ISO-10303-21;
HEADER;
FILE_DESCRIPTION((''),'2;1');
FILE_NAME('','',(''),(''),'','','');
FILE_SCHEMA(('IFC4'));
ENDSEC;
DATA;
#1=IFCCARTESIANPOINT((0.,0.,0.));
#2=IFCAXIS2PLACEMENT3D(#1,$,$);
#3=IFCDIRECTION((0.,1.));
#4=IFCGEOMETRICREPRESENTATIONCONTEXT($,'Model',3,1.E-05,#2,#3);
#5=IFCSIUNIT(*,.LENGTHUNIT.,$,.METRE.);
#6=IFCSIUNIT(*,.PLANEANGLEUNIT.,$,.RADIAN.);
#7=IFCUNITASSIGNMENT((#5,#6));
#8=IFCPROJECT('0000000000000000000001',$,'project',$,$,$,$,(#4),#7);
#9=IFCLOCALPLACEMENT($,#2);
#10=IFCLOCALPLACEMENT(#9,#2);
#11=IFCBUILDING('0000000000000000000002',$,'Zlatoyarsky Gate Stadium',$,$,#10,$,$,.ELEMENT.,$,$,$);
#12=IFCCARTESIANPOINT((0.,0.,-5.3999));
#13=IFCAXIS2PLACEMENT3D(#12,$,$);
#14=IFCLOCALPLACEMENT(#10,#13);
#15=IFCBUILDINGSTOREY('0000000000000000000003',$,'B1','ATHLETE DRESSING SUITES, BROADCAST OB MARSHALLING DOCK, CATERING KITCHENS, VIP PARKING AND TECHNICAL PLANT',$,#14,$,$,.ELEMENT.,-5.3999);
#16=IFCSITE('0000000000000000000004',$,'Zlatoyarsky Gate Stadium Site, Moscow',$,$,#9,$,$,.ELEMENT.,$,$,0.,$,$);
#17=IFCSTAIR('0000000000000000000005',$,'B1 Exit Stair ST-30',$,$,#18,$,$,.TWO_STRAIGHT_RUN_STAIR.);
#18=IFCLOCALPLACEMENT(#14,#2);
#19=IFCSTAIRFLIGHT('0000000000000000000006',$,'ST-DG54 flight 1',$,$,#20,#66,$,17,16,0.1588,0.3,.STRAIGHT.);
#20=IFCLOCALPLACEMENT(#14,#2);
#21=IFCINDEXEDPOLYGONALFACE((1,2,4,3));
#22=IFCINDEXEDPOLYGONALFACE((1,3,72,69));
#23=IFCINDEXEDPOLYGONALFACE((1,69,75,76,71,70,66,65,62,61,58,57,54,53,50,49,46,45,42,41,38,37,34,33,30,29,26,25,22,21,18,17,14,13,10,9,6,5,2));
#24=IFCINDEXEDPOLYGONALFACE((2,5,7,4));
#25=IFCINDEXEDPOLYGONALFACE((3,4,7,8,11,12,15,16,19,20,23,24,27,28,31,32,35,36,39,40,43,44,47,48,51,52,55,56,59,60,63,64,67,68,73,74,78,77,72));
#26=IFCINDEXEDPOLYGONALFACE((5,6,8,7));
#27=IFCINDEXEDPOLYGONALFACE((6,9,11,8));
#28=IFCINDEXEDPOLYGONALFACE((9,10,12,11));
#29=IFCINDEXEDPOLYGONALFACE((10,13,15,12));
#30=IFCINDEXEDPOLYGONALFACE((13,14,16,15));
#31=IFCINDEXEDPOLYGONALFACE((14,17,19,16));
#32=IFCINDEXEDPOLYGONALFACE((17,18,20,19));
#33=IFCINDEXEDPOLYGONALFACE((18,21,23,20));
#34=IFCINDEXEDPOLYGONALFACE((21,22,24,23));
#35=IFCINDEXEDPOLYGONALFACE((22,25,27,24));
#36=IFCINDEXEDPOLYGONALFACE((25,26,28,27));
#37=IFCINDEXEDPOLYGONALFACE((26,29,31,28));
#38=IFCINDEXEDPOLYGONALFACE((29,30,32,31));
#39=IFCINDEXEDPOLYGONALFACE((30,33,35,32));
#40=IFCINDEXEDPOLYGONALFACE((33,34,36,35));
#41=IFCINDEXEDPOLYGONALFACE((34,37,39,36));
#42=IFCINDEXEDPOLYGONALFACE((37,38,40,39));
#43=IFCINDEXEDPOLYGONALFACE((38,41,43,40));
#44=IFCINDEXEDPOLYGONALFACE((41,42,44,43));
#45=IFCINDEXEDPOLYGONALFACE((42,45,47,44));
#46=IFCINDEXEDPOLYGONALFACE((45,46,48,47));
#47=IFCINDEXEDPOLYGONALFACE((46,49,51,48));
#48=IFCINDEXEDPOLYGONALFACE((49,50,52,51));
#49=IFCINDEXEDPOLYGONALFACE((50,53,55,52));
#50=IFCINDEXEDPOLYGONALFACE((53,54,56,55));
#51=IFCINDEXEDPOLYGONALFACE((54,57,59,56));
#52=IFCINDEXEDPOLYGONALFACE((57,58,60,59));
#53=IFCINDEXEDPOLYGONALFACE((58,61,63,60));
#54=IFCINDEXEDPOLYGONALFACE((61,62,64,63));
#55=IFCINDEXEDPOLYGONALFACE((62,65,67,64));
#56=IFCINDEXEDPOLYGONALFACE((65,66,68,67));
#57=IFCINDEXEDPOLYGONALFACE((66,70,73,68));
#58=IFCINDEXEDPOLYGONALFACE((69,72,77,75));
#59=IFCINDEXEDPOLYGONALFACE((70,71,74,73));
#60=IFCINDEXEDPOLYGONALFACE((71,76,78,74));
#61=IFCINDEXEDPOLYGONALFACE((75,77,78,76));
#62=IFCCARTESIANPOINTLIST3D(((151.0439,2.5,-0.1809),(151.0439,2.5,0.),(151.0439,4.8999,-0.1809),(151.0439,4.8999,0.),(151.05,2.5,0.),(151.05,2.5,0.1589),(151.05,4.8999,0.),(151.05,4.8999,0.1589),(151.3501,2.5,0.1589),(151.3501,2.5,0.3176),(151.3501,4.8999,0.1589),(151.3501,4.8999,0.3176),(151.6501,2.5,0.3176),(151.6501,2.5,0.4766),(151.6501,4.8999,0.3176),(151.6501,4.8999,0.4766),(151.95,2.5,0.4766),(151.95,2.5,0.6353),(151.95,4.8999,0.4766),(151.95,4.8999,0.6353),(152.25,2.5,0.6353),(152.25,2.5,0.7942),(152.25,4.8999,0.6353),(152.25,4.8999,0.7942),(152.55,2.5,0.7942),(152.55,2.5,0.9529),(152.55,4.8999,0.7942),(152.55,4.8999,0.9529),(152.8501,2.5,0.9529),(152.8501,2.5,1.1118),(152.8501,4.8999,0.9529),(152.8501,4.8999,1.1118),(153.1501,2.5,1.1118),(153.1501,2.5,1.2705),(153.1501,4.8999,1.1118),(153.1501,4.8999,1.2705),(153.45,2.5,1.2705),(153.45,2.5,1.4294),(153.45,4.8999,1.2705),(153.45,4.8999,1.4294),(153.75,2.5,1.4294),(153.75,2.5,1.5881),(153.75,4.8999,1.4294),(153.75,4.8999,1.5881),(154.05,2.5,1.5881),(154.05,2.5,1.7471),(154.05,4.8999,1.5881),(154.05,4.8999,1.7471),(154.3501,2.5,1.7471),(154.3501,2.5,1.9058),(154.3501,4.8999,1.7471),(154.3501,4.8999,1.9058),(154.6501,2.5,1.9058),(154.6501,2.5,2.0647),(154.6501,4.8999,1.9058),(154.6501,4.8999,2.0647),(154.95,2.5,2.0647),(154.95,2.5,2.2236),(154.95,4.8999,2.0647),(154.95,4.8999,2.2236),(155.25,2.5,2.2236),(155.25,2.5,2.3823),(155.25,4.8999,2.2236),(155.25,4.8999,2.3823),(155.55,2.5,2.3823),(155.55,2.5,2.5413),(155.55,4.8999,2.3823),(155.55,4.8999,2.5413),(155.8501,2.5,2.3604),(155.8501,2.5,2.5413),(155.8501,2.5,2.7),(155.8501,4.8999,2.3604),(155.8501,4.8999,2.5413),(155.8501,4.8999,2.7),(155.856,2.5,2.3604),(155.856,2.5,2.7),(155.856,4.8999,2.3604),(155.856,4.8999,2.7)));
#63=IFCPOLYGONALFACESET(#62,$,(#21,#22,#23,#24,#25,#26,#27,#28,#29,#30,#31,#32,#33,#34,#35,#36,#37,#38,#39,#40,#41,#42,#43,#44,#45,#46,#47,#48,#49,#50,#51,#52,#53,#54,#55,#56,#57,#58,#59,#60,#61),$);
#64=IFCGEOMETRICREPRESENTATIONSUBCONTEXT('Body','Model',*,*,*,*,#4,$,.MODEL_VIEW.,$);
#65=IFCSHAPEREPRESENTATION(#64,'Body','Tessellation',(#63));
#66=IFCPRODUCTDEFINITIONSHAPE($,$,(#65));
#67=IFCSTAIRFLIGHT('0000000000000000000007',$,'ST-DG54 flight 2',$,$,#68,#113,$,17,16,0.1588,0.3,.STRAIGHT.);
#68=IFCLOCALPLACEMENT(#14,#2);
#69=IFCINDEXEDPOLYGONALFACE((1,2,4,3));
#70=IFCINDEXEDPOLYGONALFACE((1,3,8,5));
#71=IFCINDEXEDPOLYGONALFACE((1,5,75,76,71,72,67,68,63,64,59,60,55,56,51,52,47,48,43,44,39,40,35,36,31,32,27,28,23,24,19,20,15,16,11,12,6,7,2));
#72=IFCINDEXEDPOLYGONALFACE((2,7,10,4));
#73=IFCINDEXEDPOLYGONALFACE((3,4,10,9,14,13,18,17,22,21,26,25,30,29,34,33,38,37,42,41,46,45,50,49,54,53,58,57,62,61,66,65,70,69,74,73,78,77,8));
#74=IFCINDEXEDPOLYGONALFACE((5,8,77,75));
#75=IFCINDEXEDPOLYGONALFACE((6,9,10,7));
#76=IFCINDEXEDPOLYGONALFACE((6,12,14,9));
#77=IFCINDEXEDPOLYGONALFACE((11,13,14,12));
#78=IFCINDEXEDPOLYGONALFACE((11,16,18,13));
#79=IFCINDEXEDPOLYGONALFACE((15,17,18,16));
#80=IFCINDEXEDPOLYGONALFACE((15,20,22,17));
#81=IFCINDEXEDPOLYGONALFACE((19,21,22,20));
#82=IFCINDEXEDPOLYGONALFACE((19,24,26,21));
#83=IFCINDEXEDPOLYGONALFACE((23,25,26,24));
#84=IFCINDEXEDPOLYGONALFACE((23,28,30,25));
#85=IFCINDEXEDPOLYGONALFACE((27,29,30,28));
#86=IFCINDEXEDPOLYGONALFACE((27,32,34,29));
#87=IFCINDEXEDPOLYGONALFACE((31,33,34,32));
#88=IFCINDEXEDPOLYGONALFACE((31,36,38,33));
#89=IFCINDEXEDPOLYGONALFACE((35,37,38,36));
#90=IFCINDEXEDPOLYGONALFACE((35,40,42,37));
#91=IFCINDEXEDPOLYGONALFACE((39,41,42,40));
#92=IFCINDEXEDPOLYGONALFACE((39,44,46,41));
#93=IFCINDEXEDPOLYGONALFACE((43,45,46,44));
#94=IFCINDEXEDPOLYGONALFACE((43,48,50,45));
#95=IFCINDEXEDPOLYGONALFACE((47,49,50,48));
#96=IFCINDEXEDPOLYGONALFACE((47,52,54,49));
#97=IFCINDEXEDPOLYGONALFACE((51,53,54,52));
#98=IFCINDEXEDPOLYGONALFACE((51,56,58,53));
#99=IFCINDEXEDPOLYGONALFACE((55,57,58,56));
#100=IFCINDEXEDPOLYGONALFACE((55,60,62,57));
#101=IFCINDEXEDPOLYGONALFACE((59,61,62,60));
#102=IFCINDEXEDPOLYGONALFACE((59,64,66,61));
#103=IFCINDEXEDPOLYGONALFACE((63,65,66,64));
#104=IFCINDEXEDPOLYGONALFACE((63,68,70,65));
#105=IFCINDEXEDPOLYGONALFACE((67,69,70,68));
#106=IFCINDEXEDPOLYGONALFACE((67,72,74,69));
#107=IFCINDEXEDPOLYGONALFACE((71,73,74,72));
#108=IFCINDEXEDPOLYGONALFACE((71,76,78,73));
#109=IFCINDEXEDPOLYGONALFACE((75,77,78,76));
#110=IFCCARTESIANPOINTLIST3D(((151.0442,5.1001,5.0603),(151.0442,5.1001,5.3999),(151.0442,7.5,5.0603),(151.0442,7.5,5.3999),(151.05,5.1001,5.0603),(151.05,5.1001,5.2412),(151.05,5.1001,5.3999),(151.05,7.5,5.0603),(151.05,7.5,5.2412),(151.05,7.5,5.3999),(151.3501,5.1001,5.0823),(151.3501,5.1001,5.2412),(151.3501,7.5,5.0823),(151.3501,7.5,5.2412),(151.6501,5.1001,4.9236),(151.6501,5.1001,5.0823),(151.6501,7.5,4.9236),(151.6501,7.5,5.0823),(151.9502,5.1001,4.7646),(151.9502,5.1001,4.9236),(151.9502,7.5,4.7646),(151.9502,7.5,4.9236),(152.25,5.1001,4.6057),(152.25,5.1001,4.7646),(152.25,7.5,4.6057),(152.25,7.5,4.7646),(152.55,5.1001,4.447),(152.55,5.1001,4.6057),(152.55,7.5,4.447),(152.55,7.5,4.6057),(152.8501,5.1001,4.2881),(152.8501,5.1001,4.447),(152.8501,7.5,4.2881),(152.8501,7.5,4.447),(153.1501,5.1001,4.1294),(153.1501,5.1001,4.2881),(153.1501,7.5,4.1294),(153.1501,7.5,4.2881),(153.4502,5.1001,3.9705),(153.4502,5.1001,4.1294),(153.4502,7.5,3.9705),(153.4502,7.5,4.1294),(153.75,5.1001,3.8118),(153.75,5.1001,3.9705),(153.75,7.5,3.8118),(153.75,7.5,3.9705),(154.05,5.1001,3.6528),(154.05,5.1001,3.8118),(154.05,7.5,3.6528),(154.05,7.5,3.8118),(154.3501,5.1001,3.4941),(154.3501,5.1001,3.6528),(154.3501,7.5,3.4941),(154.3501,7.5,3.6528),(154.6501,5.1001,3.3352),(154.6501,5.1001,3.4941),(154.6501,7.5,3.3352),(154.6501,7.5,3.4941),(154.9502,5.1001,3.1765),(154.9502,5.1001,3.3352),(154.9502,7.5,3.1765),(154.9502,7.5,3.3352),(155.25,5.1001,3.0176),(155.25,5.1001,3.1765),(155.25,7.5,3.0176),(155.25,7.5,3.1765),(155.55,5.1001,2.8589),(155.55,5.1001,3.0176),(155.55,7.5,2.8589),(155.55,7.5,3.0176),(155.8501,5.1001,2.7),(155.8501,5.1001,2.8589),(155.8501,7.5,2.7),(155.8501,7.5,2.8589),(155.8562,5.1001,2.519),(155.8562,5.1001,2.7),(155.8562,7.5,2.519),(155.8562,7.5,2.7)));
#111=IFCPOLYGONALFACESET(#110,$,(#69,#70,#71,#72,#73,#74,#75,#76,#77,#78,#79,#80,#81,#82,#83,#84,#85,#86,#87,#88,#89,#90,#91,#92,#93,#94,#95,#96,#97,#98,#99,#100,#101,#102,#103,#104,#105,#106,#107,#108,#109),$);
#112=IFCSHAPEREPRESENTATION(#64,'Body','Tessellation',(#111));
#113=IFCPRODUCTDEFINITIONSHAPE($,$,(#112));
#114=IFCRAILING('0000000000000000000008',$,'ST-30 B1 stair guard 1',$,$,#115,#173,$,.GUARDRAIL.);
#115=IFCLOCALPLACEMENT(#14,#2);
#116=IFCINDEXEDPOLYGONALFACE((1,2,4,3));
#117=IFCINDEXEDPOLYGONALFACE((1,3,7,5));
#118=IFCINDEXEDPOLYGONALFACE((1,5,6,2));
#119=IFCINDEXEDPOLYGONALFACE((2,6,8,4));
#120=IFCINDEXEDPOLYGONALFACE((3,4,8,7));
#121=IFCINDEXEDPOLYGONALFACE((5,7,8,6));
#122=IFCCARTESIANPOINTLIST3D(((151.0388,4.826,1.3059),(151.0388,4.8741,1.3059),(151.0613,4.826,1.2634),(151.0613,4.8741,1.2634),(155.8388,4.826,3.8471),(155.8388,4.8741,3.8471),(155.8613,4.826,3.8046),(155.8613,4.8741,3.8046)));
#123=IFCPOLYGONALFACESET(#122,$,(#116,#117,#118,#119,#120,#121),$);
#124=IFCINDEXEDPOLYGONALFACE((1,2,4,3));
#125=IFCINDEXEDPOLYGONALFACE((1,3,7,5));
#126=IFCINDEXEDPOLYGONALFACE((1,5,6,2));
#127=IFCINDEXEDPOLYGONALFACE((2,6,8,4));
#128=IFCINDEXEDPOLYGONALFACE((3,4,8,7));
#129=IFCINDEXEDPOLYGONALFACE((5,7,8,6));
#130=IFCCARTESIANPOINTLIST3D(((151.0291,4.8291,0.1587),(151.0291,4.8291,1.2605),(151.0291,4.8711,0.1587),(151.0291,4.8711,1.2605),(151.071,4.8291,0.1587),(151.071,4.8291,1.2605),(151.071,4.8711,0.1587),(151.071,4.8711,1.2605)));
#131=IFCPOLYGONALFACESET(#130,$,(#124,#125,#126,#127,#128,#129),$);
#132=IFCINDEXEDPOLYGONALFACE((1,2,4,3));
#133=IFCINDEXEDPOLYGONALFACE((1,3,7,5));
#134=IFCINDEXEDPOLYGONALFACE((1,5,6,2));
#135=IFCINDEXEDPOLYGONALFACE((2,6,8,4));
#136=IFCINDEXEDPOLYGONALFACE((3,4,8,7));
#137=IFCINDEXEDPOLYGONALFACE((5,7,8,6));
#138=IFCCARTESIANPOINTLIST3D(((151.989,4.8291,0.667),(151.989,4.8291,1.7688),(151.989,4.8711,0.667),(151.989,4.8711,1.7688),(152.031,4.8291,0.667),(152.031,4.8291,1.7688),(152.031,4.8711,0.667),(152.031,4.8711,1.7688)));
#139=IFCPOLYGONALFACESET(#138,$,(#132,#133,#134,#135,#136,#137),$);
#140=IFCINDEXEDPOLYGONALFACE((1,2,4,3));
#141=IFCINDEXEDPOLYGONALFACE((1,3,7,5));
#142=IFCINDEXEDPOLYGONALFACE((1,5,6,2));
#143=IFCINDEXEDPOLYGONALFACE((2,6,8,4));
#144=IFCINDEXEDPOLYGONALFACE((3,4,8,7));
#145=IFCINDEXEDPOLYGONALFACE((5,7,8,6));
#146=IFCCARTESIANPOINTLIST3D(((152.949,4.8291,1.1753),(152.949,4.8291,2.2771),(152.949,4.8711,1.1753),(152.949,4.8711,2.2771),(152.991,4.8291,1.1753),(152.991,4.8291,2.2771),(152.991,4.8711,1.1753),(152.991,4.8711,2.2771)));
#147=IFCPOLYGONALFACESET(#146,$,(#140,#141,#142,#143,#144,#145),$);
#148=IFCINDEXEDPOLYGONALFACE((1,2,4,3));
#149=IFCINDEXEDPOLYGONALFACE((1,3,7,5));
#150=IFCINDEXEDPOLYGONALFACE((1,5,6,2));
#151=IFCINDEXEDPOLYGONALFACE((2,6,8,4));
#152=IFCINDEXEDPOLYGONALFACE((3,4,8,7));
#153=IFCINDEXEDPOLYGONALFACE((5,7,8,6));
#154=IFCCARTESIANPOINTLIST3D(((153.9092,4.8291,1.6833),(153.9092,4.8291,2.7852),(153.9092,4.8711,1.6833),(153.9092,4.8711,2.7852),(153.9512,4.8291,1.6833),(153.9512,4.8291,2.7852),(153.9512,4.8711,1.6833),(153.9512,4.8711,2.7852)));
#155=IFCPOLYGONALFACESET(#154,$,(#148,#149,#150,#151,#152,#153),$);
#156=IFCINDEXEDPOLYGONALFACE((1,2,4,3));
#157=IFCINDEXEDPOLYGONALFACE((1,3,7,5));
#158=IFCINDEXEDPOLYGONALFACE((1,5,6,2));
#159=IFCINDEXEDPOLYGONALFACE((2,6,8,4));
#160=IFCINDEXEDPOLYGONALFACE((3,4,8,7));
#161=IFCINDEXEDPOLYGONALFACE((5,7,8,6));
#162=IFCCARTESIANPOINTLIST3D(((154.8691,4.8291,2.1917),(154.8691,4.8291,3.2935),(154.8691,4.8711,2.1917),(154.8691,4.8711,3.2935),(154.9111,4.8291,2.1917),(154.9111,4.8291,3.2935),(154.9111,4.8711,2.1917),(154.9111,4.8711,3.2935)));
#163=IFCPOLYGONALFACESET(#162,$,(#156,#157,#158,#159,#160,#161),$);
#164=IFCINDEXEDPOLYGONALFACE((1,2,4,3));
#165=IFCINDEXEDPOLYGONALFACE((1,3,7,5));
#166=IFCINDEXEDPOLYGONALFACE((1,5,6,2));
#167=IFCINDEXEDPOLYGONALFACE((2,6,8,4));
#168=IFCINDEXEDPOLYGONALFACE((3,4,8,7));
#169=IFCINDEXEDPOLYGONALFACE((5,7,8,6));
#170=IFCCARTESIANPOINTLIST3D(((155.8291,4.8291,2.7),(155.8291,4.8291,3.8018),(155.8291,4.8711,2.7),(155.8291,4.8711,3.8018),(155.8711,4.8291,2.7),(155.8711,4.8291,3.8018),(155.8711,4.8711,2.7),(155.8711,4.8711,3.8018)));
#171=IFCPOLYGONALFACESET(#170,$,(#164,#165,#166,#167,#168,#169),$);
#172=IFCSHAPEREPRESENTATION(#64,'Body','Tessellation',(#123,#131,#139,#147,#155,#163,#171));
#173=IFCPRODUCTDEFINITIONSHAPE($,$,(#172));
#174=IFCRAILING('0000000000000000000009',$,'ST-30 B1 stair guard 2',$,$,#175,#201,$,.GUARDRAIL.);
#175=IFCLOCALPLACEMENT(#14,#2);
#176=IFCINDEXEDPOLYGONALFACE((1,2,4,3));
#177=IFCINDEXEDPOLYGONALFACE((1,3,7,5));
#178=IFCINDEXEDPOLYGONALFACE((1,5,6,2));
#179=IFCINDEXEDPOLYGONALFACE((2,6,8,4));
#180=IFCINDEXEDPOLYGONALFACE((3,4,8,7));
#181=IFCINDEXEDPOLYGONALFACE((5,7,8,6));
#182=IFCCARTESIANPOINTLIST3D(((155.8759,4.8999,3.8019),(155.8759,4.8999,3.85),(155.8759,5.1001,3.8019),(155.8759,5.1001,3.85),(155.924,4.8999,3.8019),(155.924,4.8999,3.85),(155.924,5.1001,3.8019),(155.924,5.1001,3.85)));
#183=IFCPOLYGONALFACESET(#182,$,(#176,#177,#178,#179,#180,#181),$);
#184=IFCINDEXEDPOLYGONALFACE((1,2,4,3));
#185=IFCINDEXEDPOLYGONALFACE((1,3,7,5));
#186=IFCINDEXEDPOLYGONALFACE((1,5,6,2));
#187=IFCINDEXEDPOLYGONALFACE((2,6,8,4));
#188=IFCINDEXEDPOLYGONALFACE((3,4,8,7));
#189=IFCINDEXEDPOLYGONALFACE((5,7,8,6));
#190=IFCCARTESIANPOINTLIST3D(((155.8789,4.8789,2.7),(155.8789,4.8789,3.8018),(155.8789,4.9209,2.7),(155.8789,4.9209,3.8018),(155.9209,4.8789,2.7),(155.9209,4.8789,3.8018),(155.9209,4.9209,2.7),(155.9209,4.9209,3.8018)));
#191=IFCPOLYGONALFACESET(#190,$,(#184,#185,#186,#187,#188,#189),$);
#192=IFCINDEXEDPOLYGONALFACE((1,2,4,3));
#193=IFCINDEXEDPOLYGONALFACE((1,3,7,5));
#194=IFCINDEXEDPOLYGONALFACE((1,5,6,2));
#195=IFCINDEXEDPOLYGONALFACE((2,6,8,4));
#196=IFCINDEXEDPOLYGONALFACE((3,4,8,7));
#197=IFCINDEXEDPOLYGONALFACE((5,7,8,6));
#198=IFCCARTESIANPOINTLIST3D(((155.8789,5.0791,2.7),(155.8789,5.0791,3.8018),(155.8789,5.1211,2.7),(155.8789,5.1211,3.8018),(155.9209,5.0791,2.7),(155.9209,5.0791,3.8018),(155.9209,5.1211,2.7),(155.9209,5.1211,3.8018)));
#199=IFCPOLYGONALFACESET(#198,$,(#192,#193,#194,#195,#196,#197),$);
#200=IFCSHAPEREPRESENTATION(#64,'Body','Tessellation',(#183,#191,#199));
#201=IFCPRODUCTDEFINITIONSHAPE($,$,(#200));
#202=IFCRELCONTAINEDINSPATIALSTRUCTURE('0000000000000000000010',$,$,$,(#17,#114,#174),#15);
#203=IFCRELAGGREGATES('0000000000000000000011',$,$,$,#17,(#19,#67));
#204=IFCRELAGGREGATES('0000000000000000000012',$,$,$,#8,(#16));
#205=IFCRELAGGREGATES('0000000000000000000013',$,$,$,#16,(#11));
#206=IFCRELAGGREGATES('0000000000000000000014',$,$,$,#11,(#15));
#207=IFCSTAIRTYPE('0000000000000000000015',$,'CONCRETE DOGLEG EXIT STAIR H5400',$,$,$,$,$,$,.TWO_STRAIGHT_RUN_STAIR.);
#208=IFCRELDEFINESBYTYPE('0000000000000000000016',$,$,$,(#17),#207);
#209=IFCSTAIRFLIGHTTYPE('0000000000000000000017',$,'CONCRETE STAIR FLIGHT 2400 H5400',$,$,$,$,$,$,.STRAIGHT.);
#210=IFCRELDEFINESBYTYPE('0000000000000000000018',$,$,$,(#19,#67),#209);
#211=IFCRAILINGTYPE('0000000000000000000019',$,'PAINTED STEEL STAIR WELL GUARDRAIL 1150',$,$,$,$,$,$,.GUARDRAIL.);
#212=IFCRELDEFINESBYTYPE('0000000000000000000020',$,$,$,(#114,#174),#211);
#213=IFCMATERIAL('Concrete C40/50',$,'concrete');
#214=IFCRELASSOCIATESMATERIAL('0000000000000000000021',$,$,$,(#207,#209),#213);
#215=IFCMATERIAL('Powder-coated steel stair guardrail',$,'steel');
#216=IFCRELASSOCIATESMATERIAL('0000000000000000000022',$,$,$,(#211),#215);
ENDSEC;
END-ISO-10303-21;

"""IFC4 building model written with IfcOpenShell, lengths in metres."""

from ifc_helpers import new_model, si_unit, direction, frame, origin, origin_2d, place, context, subcontext, project, spatial, polyline, rectangle, outline, extrude, material, type_object, element, aggregate, save


model = new_model("IFC4")

# Units and contexts
model_context = context("Model", 3, precision=1e-05, world=origin(), true_north=direction((0.0, 1.0)))
body_context = subcontext(model_context, "Body", "Model", "MODEL_VIEW")
ifc_project = project(units=[si_unit("LENGTHUNIT", "METRE"), si_unit("PLANEANGLEUNIT", "RADIAN")], contexts=[model_context])

# Site, building, storey
site_placement = place(None, origin())
site = spatial("IfcSite", under=ifc_project, at=site_placement, Name="Zlatoyarsky Gate Stadium Site, Moscow", CompositionType="ELEMENT", RefElevation=0.0)
building_placement = place(site_placement, origin())
building = spatial("IfcBuilding", under=site, at=building_placement, Name="Zlatoyarsky Gate Stadium", CompositionType="ELEMENT")
storey_placement = place(building_placement, frame((0.0, 0.0, -5.3999)))
storey = spatial("IfcBuildingStorey", under=building, at=storey_placement, Name="B1", Description="ATHLETE DRESSING SUITES, BROADCAST OB MARSHALLING DOCK, CATERING KITCHENS, VIP PARKING AND TECHNICAL PLANT", CompositionType="ELEMENT", Elevation=-5.3999)

# Shared definitions
ifc_material_1 = material(Name="Concrete C40/50", Category="concrete")

# Stair, stair flights
stair_type = type_object("IfcStairType", Name="CONCRETE DOGLEG EXIT STAIR H5400", PredefinedType="TWO_STRAIGHT_RUN_STAIR", material=ifc_material_1)
stair_placement = place(storey_placement, origin())
stair = element("IfcStair", 1, at=stair_placement, inside=storey, type_object=stair_type, Name="B1 Exit Stair ST-30", PredefinedType="TWO_STRAIGHT_RUN_STAIR")
stair_flight_type = type_object("IfcStairFlightType", Name="CONCRETE STAIR FLIGHT 2400 H5400", PredefinedType="STRAIGHT", material=ifc_material_1)
stair_flight_1_placement = place(storey_placement, frame((151.05, 3.7, 0.0), z_axis=(0.0, 0.0, 1.0), x_axis=(1.0, 0.0, 0.0)))
stair_flight_1 = element("IfcStairFlight", 2, at=stair_flight_1_placement, type_object=stair_flight_type, Name="ST-DG54 flight 1", NumberOfRisers=17, NumberOfTreads=16, PredefinedType="STRAIGHT", RiserHeight=0.1588, TreadLength=0.3, context=body_context, shape_type="SweptSolid", body=[
    extrude(outline(polyline([(-0.0061, -0.1809), (-0.0061, 0.0), (0.0, 0.0), (0.0, 0.1589), (0.3, 0.1589), (0.3, 0.3176), (0.6001, 0.3176), (0.6001, 0.4766), (0.8999, 0.4766), (0.8999, 0.6353), (1.2, 0.6353), (1.2, 0.7942), (1.5, 0.7942), (1.5, 0.9529), (1.8, 0.9529), (1.8, 1.1118), (2.1001, 1.1118), (2.1001, 1.2705), (2.3999, 1.2705), (2.3999, 1.4294), (2.7, 1.4294), (2.7, 1.5881), (3.0, 1.5881), (3.0, 1.7471), (3.3, 1.7471), (3.3, 1.9058), (3.6001, 1.9058), (3.6001, 2.0647), (3.8999, 2.0647), (3.8999, 2.2236), (4.2, 2.2236), (4.2, 2.3823), (4.5, 2.3823), (4.5, 2.5413), (4.8, 2.5413), (4.8, 2.7), (4.8059, 2.7), (4.8059, 2.3604), (4.8, 2.3604), (-0.0061, -0.1809)])), frame((0.0, 1.2, 0.0), z_axis=(0.0, -1.0, 0.0), x_axis=(1.0, 0.0, 0.0)), (0.0, 0.0, 1.0), 2.3999),
])
stair_flight_2_placement = place(storey_placement, frame((155.8501, 6.3, 2.7), z_axis=(0.0, 0.0, 1.0), x_axis=(-1.0, 0.0, 0.0)))
stair_flight_2 = element("IfcStairFlight", 3, at=stair_flight_2_placement, type_object=stair_flight_type, Name="ST-DG54 flight 2", NumberOfRisers=17, NumberOfTreads=16, PredefinedType="STRAIGHT", RiserHeight=0.1588, TreadLength=0.3, context=body_context, shape_type="SweptSolid", body=[
    extrude(outline(polyline([(-0.0061, -0.1809), (-0.0061, 0.0), (0.0, 0.0), (0.0, 0.1589), (0.3, 0.1589), (0.3, 0.3176), (0.6001, 0.3176), (0.6001, 0.4766), (0.8999, 0.4766), (0.8999, 0.6353), (1.2, 0.6353), (1.2, 0.7942), (1.5, 0.7942), (1.5, 0.9529), (1.8, 0.9529), (1.8, 1.1118), (2.1001, 1.1118), (2.1001, 1.2705), (2.3999, 1.2705), (2.3999, 1.4294), (2.7, 1.4294), (2.7, 1.5881), (3.0, 1.5881), (3.0, 1.7471), (3.3, 1.7471), (3.3, 1.9058), (3.6001, 1.9058), (3.6001, 2.0647), (3.8999, 2.0647), (3.8999, 2.2236), (4.2, 2.2236), (4.2, 2.3823), (4.5, 2.3823), (4.5, 2.5413), (4.8, 2.5413), (4.8, 2.7), (4.8059, 2.7), (4.8059, 2.3604), (4.8, 2.3604), (-0.0061, -0.1809)])), frame((0.0, 1.2, 0.0), z_axis=(0.0, -1.0, 0.0), x_axis=(1.0, 0.0, 0.0)), (0.0, 0.0, 1.0), 2.3999),
])
aggregate(stair, [stair_flight_1, stair_flight_2])

# Railings
ifc_material_2 = material(Name="Powder-coated steel stair guardrail", Category="steel")
railing_type_1 = type_object("IfcRailingType", Name="PAINTED STEEL STAIR WELL GUARDRAIL 1150", PredefinedType="GUARDRAIL", material=ifc_material_2)
railing_1_placement = place(storey_placement, frame((151.05, 4.8501, 0.1587)))
element("IfcRailing", 4, at=railing_1_placement, inside=storey, type_object=railing_type_1, Name="ST-30 B1 stair guard 1", PredefinedType="GUARDRAIL", context=body_context, shape_type="SweptSolid", body=[
    extrude(rectangle(XDim=0.0481, YDim=0.0481, at=origin_2d()), frame((0.0, 0.0, 1.126), z_axis=(0.883784, 0.0, 0.467896), x_axis=(0.0, 1.0, 0.0)), (0.0, 0.0, 1.0), 5.4312),
    extrude(rectangle(XDim=0.042, YDim=0.042, at=origin_2d()), origin(), (0.0, 0.0, 1.0), 1.1018),
    extrude(rectangle(XDim=0.042, YDim=0.042, at=origin_2d()), frame((0.96, 0.0, 0.5083)), (0.0, 0.0, 1.0), 1.1018),
    extrude(rectangle(XDim=0.042, YDim=0.042, at=origin_2d()), frame((1.9199, 0.0, 1.0166)), (0.0, 0.0, 1.0), 1.1018),
    extrude(rectangle(XDim=0.042, YDim=0.042, at=origin_2d()), frame((2.8801, 0.0, 1.5247)), (0.0, 0.0, 1.0), 1.1018),
    extrude(rectangle(XDim=0.042, YDim=0.042, at=origin_2d()), frame((3.8401, 0.0, 2.033)), (0.0, 0.0, 1.0), 1.1018),
    extrude(rectangle(XDim=0.042, YDim=0.042, at=origin_2d()), frame((4.8, 0.0, 2.5413)), (0.0, 0.0, 1.0), 1.1018),
])
railing_2_placement = place(storey_placement, frame((155.8999, 4.8999, 2.7)))
element("IfcRailing", 5, at=railing_2_placement, inside=storey, type_object=railing_type_1, Name="ST-30 B1 stair guard 2", PredefinedType="GUARDRAIL", context=body_context, shape_type="SweptSolid", body=[
    extrude(rectangle(XDim=0.0481, YDim=0.0481, at=origin_2d()), frame((0.0, 0.0, 1.126), z_axis=(0.0, 1.0, 0.0), x_axis=(-1.0, 0.0, 0.0)), (0.0, 0.0, 1.0), 0.2002),
    extrude(rectangle(XDim=0.042, YDim=0.042, at=origin_2d()), origin(), (0.0, 0.0, 1.0), 1.1018),
    extrude(rectangle(XDim=0.042, YDim=0.042, at=origin_2d()), frame((0.0, 0.2002, 0.0)), (0.0, 0.0, 1.0), 1.1018),
])

save(model, "model.ifc")
